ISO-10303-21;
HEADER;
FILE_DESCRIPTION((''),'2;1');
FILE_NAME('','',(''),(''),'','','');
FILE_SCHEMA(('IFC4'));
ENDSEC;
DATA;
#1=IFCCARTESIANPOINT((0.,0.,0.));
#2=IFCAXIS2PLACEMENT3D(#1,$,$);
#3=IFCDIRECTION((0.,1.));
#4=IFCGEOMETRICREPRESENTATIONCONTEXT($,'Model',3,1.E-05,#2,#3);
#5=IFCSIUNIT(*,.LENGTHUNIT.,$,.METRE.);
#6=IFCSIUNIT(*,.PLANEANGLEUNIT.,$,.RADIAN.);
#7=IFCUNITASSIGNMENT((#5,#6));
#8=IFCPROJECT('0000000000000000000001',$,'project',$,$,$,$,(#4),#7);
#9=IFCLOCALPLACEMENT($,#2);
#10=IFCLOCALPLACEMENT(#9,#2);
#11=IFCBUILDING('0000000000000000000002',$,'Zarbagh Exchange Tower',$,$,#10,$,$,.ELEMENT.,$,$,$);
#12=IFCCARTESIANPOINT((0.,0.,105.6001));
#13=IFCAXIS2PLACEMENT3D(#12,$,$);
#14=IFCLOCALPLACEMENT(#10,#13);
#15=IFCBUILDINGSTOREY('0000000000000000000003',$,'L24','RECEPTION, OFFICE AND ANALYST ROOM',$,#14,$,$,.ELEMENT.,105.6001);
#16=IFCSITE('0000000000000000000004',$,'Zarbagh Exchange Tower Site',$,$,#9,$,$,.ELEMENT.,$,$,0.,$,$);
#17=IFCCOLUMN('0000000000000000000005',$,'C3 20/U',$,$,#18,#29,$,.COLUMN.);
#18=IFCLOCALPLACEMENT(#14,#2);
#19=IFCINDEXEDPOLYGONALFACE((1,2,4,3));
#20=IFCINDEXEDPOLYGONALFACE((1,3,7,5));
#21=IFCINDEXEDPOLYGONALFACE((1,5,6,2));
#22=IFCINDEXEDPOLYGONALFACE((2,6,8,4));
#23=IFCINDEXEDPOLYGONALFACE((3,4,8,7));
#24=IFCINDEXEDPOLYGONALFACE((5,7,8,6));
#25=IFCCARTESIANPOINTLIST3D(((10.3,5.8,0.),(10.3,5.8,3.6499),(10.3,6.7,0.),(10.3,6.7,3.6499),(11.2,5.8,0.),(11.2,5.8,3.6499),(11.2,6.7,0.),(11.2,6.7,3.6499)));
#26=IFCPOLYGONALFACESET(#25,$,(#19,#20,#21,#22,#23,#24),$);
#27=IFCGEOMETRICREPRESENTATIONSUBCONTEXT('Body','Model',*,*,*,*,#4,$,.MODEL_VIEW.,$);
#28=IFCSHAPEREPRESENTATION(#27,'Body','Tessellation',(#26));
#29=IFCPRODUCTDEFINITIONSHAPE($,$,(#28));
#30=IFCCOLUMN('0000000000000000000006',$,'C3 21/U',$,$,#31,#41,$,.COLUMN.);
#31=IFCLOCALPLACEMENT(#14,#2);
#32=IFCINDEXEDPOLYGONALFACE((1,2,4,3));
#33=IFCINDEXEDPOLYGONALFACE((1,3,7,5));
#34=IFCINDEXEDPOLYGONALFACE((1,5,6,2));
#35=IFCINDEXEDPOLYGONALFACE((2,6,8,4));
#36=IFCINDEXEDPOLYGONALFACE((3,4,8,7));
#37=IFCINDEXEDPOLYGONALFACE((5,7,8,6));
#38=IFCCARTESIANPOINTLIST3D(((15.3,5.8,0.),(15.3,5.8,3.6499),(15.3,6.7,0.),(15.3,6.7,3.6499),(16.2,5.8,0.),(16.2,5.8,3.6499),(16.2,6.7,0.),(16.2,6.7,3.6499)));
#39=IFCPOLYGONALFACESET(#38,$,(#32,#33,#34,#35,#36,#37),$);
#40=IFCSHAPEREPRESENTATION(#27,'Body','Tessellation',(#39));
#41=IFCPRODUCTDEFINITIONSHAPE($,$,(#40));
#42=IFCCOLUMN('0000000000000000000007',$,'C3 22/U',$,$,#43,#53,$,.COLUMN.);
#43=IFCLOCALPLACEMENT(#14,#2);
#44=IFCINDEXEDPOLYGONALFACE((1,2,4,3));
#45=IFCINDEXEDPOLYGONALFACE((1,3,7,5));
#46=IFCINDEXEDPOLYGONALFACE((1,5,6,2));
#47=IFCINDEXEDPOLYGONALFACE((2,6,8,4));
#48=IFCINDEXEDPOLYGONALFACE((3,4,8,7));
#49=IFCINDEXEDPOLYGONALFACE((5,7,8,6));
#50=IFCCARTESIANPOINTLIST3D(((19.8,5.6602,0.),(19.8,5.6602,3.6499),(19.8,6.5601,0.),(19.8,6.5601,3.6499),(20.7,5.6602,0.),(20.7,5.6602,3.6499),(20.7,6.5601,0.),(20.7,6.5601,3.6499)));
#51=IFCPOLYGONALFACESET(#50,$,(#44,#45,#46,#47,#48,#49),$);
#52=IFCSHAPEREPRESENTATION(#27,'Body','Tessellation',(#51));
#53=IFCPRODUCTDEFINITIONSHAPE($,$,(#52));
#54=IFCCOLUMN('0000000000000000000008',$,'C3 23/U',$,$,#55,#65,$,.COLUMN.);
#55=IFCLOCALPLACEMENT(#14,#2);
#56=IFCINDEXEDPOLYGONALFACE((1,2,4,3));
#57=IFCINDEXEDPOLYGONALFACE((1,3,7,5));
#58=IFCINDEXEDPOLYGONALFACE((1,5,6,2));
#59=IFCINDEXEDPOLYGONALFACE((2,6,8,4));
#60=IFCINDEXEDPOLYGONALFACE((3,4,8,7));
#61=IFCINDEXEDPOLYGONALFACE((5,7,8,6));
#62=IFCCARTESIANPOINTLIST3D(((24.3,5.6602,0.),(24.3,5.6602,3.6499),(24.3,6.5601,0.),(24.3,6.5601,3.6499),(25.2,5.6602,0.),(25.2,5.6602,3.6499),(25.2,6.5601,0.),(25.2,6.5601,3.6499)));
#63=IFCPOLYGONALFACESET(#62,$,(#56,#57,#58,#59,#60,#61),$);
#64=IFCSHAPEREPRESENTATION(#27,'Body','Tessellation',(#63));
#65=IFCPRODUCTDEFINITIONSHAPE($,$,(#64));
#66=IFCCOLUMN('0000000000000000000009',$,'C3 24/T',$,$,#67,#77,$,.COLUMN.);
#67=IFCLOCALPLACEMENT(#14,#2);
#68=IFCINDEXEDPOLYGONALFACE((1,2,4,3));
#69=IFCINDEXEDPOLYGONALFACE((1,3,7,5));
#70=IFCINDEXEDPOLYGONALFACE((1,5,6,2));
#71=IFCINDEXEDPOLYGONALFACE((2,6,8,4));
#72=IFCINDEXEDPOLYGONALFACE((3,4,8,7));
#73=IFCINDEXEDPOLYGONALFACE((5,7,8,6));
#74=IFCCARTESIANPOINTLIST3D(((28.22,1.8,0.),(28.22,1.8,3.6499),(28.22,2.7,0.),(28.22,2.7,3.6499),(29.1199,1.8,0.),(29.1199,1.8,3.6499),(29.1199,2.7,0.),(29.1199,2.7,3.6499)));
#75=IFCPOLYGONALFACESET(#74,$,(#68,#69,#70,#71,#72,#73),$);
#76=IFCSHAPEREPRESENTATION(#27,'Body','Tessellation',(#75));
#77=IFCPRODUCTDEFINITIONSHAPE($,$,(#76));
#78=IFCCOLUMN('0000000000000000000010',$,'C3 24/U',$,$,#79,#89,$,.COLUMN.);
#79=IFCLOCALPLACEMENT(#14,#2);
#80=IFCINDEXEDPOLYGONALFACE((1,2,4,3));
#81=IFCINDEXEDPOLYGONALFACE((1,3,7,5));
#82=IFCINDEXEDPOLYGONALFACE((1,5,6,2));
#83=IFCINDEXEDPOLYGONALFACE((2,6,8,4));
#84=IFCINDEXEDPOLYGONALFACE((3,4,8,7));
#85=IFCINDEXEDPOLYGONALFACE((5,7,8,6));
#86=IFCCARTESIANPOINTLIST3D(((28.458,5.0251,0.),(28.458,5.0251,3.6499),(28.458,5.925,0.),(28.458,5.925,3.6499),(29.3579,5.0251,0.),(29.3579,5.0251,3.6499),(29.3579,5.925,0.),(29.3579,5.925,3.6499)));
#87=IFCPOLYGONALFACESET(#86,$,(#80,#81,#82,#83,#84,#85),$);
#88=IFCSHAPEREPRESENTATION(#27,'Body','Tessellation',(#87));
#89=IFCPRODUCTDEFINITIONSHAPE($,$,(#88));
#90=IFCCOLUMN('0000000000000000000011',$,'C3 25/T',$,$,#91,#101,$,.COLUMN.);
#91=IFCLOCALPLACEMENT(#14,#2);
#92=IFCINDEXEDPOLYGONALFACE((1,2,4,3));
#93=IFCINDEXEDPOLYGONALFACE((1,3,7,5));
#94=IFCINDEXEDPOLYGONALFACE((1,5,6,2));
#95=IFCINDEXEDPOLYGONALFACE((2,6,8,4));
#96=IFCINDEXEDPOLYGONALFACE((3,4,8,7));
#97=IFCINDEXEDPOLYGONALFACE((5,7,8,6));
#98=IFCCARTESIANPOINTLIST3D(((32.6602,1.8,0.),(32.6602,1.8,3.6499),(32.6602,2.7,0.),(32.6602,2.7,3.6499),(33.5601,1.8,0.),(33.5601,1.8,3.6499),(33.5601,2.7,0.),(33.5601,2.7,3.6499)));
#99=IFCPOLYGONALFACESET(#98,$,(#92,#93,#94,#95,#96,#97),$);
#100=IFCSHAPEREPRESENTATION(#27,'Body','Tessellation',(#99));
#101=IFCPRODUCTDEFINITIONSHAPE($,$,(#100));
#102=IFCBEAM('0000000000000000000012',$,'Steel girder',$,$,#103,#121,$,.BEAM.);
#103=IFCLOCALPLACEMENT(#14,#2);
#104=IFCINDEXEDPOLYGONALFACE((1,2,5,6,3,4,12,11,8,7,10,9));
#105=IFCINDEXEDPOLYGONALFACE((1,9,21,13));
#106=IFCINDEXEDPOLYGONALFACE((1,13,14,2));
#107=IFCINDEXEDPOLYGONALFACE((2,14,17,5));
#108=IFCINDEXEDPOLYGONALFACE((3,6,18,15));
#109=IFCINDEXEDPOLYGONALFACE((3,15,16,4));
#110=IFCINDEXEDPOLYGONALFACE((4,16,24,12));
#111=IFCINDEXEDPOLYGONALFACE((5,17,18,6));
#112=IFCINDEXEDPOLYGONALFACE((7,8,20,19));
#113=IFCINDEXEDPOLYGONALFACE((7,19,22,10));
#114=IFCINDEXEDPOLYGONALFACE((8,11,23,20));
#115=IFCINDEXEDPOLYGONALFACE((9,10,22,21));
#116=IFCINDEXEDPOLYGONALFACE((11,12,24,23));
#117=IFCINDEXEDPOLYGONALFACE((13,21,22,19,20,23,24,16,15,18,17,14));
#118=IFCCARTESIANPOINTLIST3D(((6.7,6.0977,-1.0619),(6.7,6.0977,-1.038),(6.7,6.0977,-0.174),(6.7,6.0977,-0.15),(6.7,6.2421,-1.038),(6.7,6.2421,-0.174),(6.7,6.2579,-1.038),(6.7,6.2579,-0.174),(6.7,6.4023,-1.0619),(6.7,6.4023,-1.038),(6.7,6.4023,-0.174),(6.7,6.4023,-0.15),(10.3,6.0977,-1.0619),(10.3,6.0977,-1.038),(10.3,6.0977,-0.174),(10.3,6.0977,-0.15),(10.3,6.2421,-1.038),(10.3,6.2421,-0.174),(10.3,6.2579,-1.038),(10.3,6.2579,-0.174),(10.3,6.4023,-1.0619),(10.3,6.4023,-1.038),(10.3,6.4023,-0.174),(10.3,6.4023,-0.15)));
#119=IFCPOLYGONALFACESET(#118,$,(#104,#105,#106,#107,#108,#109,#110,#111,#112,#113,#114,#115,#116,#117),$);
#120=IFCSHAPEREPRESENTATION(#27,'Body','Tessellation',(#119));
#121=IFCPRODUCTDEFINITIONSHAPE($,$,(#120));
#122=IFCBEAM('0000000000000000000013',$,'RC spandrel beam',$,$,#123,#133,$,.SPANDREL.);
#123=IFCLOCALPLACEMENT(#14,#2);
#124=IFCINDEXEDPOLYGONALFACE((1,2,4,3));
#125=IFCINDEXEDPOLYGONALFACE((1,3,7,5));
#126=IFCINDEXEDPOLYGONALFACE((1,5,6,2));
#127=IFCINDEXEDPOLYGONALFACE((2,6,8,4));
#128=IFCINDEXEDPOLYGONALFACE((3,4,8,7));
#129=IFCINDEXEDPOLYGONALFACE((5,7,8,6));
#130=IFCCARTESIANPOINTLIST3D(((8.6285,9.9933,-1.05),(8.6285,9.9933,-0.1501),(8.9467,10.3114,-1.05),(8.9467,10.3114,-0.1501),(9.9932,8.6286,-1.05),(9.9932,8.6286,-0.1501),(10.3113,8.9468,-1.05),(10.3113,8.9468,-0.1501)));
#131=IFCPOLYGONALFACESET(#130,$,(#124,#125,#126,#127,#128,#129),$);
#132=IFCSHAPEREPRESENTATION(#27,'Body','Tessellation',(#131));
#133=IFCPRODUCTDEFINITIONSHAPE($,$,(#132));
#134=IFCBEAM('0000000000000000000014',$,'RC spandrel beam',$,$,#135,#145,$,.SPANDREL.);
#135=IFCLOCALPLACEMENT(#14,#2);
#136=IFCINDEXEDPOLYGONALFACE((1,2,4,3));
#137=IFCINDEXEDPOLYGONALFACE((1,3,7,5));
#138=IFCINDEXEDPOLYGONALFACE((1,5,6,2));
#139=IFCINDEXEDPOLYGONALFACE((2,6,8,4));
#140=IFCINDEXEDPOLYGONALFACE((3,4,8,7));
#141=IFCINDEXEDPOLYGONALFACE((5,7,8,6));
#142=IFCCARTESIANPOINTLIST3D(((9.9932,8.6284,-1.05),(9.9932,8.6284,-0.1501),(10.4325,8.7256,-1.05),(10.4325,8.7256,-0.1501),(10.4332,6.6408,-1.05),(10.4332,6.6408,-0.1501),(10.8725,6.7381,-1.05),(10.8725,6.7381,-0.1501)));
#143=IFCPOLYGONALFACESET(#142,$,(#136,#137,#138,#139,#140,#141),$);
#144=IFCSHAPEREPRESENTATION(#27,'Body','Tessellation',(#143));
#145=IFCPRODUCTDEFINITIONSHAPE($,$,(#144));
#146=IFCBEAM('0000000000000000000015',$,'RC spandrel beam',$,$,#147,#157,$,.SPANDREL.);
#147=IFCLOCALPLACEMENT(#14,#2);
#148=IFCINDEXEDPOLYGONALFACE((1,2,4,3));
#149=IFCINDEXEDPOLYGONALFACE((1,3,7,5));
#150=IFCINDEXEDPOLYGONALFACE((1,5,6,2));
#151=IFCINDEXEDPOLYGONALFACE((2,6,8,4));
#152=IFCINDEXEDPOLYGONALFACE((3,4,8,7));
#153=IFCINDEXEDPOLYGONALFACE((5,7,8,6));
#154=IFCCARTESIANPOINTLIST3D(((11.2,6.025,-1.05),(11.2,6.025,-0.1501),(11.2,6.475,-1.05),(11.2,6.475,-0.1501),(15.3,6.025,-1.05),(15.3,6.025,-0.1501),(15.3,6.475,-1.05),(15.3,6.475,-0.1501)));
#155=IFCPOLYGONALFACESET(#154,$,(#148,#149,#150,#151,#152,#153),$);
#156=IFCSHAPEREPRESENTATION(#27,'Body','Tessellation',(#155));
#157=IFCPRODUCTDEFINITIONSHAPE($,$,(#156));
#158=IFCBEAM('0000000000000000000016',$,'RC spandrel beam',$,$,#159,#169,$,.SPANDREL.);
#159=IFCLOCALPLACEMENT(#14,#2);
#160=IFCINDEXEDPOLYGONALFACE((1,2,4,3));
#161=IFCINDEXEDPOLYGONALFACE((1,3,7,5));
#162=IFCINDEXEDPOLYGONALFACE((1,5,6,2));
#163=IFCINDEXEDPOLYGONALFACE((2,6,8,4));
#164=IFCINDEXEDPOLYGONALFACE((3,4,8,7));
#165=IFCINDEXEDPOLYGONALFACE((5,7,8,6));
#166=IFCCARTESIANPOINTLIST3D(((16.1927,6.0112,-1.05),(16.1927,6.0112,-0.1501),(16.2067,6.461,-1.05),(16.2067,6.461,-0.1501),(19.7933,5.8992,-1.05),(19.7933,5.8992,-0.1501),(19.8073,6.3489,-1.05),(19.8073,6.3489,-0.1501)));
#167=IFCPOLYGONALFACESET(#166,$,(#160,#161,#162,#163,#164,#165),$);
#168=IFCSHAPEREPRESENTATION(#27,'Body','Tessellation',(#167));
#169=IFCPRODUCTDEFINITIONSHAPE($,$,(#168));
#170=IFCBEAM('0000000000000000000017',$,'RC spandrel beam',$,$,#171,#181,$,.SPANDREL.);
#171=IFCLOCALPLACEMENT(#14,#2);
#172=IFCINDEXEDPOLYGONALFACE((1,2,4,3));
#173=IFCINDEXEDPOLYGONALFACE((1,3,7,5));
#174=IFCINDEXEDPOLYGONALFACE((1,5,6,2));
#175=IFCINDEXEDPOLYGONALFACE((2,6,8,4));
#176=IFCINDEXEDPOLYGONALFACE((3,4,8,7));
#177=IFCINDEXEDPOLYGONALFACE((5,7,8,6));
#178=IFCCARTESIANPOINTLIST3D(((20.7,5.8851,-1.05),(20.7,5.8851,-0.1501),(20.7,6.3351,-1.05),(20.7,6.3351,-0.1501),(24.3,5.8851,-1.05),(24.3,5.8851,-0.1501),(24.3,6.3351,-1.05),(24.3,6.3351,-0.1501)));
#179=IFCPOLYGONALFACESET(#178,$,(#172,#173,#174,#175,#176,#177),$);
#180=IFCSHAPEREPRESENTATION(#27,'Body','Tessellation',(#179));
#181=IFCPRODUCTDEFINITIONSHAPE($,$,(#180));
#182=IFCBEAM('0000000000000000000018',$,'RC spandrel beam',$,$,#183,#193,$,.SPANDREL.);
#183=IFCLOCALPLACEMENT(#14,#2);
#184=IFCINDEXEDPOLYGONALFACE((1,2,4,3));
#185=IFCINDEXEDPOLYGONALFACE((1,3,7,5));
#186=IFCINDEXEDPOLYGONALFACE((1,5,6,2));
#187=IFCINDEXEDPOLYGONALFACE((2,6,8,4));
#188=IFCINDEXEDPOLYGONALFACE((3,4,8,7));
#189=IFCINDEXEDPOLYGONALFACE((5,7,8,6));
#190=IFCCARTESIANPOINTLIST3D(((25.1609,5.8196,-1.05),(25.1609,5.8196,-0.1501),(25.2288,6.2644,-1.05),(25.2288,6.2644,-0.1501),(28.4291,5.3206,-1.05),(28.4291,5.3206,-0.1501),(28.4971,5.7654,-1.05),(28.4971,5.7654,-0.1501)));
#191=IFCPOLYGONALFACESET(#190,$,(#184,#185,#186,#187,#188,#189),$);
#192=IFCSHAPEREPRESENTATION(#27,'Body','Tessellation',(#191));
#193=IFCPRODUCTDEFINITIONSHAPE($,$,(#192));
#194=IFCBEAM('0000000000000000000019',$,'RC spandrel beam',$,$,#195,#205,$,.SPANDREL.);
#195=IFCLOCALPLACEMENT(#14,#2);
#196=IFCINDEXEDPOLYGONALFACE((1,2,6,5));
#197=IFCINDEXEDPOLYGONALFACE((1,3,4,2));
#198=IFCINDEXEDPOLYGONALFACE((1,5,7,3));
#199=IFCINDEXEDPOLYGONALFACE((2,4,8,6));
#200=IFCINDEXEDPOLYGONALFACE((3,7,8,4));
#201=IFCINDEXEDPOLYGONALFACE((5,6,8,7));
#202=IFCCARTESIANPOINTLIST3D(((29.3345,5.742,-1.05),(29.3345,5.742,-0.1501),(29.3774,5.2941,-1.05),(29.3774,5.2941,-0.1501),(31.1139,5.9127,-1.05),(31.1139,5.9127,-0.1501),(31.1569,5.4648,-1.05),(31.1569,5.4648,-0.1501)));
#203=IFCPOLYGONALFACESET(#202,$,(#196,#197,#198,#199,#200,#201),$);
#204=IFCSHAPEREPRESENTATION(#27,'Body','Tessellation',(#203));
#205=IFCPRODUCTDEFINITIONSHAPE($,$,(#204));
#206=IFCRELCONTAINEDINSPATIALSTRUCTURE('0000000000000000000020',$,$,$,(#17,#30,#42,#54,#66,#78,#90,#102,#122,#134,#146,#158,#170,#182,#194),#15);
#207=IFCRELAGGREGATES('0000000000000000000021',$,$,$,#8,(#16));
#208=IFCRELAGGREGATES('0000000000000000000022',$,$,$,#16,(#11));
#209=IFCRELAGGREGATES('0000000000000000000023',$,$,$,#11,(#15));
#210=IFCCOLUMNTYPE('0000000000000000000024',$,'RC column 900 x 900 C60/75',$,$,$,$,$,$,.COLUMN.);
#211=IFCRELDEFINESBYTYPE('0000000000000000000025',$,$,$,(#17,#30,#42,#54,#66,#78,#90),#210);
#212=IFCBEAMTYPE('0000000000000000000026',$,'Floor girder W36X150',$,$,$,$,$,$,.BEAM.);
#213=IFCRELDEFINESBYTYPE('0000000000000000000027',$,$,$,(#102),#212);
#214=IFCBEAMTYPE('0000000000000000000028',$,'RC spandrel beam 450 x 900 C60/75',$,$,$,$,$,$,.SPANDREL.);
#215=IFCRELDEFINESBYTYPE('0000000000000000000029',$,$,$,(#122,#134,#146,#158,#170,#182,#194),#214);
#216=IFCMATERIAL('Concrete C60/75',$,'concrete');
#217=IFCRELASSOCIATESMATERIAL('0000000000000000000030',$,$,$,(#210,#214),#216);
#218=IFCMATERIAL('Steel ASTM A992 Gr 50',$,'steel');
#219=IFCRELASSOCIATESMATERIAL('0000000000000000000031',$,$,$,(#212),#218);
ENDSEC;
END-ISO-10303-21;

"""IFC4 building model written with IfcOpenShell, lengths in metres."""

from ifc_helpers import new_model, si_unit, direction, frame, origin, origin_2d, place, context, subcontext, project, spatial, rectangle, i_section, extrude, material, material_profile, profile_set, type_object, element, save


model = new_model("IFC4")

# Units and contexts
model_context = context("Model", 3, precision=1e-05, world=origin(), true_north=direction((0.0, 1.0)))
body_context = subcontext(model_context, "Body", "Model", "MODEL_VIEW")
ifc_project = project(units=[si_unit("LENGTHUNIT", "METRE"), si_unit("PLANEANGLEUNIT", "RADIAN")], contexts=[model_context])

# Site, building, storey
site_placement = place(None, origin())
site = spatial("IfcSite", under=ifc_project, at=site_placement, Name="Zarbagh Exchange Tower Site", CompositionType="ELEMENT", RefElevation=0.0)
building_placement = place(site_placement, origin())
building = spatial("IfcBuilding", under=site, at=building_placement, Name="Zarbagh Exchange Tower", CompositionType="ELEMENT")
storey_placement = place(building_placement, frame((0.0, 0.0, 105.6001)))
storey = spatial("IfcBuildingStorey", under=building, at=storey_placement, Name="L24", Description="RECEPTION, OFFICE AND ANALYST ROOM", CompositionType="ELEMENT", Elevation=105.6001)

# Columns
ifc_material_1 = material(Name="Concrete C60/75", Category="concrete")
ifc_material_profile_1 = material_profile(ifc_material_1, rectangle(XDim=0.8999, YDim=0.8999, at=origin_2d()), Name="RC column 900 x 900 C60/75")
ifc_profile_set_1 = profile_set([ifc_material_profile_1], Name="Concrete C60/75")
column_type = type_object("IfcColumnType", Name="RC column 900 x 900 C60/75", PredefinedType="COLUMN", material=ifc_profile_set_1)
for number, where, z_axis, x_axis, name in (
    (1, (10.75, 6.25, 0.0), (0.0, 0.0, 1.0), (1.0, 0.0, 0.0), "C3 20/U"),
    (2, (15.75, 6.25, 0.0), (0.0, 0.0, 1.0), (1.0, 0.0, 0.0), "C3 21/U"),
    (3, (20.25, 6.1101, 0.0), (0.0, 0.0, 1.0), (1.0, 0.0, 0.0), "C3 22/U"),
    (4, (24.75, 6.1101, 0.0), (0.0, 0.0, 1.0), (1.0, 0.0, 0.0), "C3 23/U"),
    (5, (28.6699, 2.25, 0.0), (0.0, 0.0, 1.0), (1.0, 0.0, 0.0), "C3 24/T"),
    (6, (28.908, 5.4751, 0.0), (0.0, 0.0, 1.0), (1.0, 0.0, 0.0), "C3 24/U"),
    (7, (33.1101, 2.25, 0.0), (0.0, 0.0, 1.0), (1.0, 0.0, 0.0), "C3 25/T"),
):
    element("IfcColumn", number, at=place(storey_placement, frame(where, z_axis=z_axis, x_axis=x_axis)), inside=storey, type_object=column_type, Name=name, PredefinedType="COLUMN", context=body_context, shape_type="SweptSolid", body=[
        extrude(rectangle(XDim=0.8999, YDim=0.8999, at=origin_2d()), origin(), (0.0, 0.0, 1.0), 3.6499),
    ])

# Beams
ifc_material_2 = material(Name="Steel ASTM A992 Gr 50", Category="steel")
ifc_material_profile_2 = material_profile(ifc_material_2, i_section(OverallWidth=0.3047, OverallDepth=0.9119, WebThickness=0.0159, FlangeThickness=0.0239, at=origin_2d()), Name="W36X150")
ifc_profile_set_2 = profile_set([ifc_material_profile_2], Name="Steel ASTM A992 Gr 50")
beam_type_1 = type_object("IfcBeamType", Name="Floor girder W36X150", PredefinedType="BEAM", material=ifc_profile_set_2)
beam_1_placement = place(storey_placement, frame((6.7, 6.25, -0.606), z_axis=(1.0, 0.0, 0.0), x_axis=(0.0, 1.0, 0.0)))
element("IfcBeam", 8, at=beam_1_placement, inside=storey, type_object=beam_type_1, Name="Steel girder", PredefinedType="BEAM", context=body_context, shape_type="SweptSolid", body=[
    extrude(i_section(OverallWidth=0.3047, OverallDepth=0.9119, WebThickness=0.0159, FlangeThickness=0.0239, at=origin_2d()), origin(), (0.0, 0.0, 1.0), 3.6001),
])
ifc_material_profile_3 = material_profile(ifc_material_1, rectangle(XDim=0.45, YDim=0.8999, at=origin_2d()), Name="RC spandrel beam 450 x 900 C60/75")
ifc_profile_set_3 = profile_set([ifc_material_profile_3], Name="Concrete C60/75")
beam_type_2 = type_object("IfcBeamType", Name="RC spandrel beam 450 x 900 C60/75", PredefinedType="SPANDREL", material=ifc_profile_set_3)
beam_2_placement = place(storey_placement, frame((8.7876, 10.1523, -0.6001), z_axis=(0.707107, -0.707107, 0.0), x_axis=(0.707107, 0.707107, 0.0)))
element("IfcBeam", 9, at=beam_2_placement, inside=storey, type_object=beam_type_2, Name="RC spandrel beam", PredefinedType="SPANDREL", context=body_context, shape_type="SweptSolid", body=[
    extrude(rectangle(XDim=0.45, YDim=0.8999, at=origin_2d()), origin(), (0.0, 0.0, 1.0), 1.9299),
])
beam_3_placement = place(storey_placement, frame((10.2129, 8.677, -0.6001), z_axis=(0.216118, -0.976367, 0.0), x_axis=(0.976367, 0.216118, 0.0)))
element("IfcBeam", 10, at=beam_3_placement, inside=storey, type_object=beam_type_2, Name="RC spandrel beam", PredefinedType="SPANDREL", context=body_context, shape_type="SweptSolid", body=[
    extrude(rectangle(XDim=0.45, YDim=0.8999, at=origin_2d()), origin(), (0.0, 0.0, 1.0), 2.0356),
])
beam_4_placement = place(storey_placement, frame((11.2, 6.25, -0.6001), z_axis=(1.0, 0.0, 0.0), x_axis=(0.0, 1.0, 0.0)))
element("IfcBeam", 11, at=beam_4_placement, inside=storey, type_object=beam_type_2, Name="RC spandrel beam", PredefinedType="SPANDREL", context=body_context, shape_type="SweptSolid", body=[
    extrude(rectangle(XDim=0.45, YDim=0.8999, at=origin_2d()), origin(), (0.0, 0.0, 1.0), 4.1001),
])
beam_5_placement = place(storey_placement, frame((16.1997, 6.2361, -0.6001), z_axis=(0.999516, -0.031108, 0.0), x_axis=(0.031108, 0.999516, 0.0)))
element("IfcBeam", 12, at=beam_5_placement, inside=storey, type_object=beam_type_2, Name="RC spandrel beam", PredefinedType="SPANDREL", context=body_context, shape_type="SweptSolid", body=[
    extrude(rectangle(XDim=0.45, YDim=0.8999, at=origin_2d()), origin(), (0.0, 0.0, 1.0), 3.6023),
])
beam_6_placement = place(storey_placement, frame((20.7, 6.1101, -0.6001), z_axis=(1.0, 0.0, 0.0), x_axis=(0.0, 1.0, 0.0)))
element("IfcBeam", 13, at=beam_6_placement, inside=storey, type_object=beam_type_2, Name="RC spandrel beam", PredefinedType="SPANDREL", context=body_context, shape_type="SweptSolid", body=[
    extrude(rectangle(XDim=0.45, YDim=0.8999, at=origin_2d()), origin(), (0.0, 0.0, 1.0), 3.6001),
])
beam_7_placement = place(storey_placement, frame((25.1948, 6.042, -0.6001), z_axis=(0.988544, -0.150936, 0.0), x_axis=(0.150936, 0.988544, 0.0)))
element("IfcBeam", 14, at=beam_7_placement, inside=storey, type_object=beam_type_2, Name="RC spandrel beam", PredefinedType="SPANDREL", context=body_context, shape_type="SweptSolid", body=[
    extrude(rectangle(XDim=0.45, YDim=0.8999, at=origin_2d()), origin(), (0.0, 0.0, 1.0), 3.3062),
])
beam_8_placement = place(storey_placement, frame((29.356, 5.5181, -0.6001), z_axis=(0.995433, 0.09546, 0.0), x_axis=(-0.09546, 0.995433, 0.0)))
element("IfcBeam", 15, at=beam_8_placement, inside=storey, type_object=beam_type_2, Name="RC spandrel beam", PredefinedType="SPANDREL", context=body_context, shape_type="SweptSolid", body=[
    extrude(rectangle(XDim=0.45, YDim=0.8999, at=origin_2d()), origin(), (0.0, 0.0, 1.0), 1.7876),
])

save(model, "model.ifc")
